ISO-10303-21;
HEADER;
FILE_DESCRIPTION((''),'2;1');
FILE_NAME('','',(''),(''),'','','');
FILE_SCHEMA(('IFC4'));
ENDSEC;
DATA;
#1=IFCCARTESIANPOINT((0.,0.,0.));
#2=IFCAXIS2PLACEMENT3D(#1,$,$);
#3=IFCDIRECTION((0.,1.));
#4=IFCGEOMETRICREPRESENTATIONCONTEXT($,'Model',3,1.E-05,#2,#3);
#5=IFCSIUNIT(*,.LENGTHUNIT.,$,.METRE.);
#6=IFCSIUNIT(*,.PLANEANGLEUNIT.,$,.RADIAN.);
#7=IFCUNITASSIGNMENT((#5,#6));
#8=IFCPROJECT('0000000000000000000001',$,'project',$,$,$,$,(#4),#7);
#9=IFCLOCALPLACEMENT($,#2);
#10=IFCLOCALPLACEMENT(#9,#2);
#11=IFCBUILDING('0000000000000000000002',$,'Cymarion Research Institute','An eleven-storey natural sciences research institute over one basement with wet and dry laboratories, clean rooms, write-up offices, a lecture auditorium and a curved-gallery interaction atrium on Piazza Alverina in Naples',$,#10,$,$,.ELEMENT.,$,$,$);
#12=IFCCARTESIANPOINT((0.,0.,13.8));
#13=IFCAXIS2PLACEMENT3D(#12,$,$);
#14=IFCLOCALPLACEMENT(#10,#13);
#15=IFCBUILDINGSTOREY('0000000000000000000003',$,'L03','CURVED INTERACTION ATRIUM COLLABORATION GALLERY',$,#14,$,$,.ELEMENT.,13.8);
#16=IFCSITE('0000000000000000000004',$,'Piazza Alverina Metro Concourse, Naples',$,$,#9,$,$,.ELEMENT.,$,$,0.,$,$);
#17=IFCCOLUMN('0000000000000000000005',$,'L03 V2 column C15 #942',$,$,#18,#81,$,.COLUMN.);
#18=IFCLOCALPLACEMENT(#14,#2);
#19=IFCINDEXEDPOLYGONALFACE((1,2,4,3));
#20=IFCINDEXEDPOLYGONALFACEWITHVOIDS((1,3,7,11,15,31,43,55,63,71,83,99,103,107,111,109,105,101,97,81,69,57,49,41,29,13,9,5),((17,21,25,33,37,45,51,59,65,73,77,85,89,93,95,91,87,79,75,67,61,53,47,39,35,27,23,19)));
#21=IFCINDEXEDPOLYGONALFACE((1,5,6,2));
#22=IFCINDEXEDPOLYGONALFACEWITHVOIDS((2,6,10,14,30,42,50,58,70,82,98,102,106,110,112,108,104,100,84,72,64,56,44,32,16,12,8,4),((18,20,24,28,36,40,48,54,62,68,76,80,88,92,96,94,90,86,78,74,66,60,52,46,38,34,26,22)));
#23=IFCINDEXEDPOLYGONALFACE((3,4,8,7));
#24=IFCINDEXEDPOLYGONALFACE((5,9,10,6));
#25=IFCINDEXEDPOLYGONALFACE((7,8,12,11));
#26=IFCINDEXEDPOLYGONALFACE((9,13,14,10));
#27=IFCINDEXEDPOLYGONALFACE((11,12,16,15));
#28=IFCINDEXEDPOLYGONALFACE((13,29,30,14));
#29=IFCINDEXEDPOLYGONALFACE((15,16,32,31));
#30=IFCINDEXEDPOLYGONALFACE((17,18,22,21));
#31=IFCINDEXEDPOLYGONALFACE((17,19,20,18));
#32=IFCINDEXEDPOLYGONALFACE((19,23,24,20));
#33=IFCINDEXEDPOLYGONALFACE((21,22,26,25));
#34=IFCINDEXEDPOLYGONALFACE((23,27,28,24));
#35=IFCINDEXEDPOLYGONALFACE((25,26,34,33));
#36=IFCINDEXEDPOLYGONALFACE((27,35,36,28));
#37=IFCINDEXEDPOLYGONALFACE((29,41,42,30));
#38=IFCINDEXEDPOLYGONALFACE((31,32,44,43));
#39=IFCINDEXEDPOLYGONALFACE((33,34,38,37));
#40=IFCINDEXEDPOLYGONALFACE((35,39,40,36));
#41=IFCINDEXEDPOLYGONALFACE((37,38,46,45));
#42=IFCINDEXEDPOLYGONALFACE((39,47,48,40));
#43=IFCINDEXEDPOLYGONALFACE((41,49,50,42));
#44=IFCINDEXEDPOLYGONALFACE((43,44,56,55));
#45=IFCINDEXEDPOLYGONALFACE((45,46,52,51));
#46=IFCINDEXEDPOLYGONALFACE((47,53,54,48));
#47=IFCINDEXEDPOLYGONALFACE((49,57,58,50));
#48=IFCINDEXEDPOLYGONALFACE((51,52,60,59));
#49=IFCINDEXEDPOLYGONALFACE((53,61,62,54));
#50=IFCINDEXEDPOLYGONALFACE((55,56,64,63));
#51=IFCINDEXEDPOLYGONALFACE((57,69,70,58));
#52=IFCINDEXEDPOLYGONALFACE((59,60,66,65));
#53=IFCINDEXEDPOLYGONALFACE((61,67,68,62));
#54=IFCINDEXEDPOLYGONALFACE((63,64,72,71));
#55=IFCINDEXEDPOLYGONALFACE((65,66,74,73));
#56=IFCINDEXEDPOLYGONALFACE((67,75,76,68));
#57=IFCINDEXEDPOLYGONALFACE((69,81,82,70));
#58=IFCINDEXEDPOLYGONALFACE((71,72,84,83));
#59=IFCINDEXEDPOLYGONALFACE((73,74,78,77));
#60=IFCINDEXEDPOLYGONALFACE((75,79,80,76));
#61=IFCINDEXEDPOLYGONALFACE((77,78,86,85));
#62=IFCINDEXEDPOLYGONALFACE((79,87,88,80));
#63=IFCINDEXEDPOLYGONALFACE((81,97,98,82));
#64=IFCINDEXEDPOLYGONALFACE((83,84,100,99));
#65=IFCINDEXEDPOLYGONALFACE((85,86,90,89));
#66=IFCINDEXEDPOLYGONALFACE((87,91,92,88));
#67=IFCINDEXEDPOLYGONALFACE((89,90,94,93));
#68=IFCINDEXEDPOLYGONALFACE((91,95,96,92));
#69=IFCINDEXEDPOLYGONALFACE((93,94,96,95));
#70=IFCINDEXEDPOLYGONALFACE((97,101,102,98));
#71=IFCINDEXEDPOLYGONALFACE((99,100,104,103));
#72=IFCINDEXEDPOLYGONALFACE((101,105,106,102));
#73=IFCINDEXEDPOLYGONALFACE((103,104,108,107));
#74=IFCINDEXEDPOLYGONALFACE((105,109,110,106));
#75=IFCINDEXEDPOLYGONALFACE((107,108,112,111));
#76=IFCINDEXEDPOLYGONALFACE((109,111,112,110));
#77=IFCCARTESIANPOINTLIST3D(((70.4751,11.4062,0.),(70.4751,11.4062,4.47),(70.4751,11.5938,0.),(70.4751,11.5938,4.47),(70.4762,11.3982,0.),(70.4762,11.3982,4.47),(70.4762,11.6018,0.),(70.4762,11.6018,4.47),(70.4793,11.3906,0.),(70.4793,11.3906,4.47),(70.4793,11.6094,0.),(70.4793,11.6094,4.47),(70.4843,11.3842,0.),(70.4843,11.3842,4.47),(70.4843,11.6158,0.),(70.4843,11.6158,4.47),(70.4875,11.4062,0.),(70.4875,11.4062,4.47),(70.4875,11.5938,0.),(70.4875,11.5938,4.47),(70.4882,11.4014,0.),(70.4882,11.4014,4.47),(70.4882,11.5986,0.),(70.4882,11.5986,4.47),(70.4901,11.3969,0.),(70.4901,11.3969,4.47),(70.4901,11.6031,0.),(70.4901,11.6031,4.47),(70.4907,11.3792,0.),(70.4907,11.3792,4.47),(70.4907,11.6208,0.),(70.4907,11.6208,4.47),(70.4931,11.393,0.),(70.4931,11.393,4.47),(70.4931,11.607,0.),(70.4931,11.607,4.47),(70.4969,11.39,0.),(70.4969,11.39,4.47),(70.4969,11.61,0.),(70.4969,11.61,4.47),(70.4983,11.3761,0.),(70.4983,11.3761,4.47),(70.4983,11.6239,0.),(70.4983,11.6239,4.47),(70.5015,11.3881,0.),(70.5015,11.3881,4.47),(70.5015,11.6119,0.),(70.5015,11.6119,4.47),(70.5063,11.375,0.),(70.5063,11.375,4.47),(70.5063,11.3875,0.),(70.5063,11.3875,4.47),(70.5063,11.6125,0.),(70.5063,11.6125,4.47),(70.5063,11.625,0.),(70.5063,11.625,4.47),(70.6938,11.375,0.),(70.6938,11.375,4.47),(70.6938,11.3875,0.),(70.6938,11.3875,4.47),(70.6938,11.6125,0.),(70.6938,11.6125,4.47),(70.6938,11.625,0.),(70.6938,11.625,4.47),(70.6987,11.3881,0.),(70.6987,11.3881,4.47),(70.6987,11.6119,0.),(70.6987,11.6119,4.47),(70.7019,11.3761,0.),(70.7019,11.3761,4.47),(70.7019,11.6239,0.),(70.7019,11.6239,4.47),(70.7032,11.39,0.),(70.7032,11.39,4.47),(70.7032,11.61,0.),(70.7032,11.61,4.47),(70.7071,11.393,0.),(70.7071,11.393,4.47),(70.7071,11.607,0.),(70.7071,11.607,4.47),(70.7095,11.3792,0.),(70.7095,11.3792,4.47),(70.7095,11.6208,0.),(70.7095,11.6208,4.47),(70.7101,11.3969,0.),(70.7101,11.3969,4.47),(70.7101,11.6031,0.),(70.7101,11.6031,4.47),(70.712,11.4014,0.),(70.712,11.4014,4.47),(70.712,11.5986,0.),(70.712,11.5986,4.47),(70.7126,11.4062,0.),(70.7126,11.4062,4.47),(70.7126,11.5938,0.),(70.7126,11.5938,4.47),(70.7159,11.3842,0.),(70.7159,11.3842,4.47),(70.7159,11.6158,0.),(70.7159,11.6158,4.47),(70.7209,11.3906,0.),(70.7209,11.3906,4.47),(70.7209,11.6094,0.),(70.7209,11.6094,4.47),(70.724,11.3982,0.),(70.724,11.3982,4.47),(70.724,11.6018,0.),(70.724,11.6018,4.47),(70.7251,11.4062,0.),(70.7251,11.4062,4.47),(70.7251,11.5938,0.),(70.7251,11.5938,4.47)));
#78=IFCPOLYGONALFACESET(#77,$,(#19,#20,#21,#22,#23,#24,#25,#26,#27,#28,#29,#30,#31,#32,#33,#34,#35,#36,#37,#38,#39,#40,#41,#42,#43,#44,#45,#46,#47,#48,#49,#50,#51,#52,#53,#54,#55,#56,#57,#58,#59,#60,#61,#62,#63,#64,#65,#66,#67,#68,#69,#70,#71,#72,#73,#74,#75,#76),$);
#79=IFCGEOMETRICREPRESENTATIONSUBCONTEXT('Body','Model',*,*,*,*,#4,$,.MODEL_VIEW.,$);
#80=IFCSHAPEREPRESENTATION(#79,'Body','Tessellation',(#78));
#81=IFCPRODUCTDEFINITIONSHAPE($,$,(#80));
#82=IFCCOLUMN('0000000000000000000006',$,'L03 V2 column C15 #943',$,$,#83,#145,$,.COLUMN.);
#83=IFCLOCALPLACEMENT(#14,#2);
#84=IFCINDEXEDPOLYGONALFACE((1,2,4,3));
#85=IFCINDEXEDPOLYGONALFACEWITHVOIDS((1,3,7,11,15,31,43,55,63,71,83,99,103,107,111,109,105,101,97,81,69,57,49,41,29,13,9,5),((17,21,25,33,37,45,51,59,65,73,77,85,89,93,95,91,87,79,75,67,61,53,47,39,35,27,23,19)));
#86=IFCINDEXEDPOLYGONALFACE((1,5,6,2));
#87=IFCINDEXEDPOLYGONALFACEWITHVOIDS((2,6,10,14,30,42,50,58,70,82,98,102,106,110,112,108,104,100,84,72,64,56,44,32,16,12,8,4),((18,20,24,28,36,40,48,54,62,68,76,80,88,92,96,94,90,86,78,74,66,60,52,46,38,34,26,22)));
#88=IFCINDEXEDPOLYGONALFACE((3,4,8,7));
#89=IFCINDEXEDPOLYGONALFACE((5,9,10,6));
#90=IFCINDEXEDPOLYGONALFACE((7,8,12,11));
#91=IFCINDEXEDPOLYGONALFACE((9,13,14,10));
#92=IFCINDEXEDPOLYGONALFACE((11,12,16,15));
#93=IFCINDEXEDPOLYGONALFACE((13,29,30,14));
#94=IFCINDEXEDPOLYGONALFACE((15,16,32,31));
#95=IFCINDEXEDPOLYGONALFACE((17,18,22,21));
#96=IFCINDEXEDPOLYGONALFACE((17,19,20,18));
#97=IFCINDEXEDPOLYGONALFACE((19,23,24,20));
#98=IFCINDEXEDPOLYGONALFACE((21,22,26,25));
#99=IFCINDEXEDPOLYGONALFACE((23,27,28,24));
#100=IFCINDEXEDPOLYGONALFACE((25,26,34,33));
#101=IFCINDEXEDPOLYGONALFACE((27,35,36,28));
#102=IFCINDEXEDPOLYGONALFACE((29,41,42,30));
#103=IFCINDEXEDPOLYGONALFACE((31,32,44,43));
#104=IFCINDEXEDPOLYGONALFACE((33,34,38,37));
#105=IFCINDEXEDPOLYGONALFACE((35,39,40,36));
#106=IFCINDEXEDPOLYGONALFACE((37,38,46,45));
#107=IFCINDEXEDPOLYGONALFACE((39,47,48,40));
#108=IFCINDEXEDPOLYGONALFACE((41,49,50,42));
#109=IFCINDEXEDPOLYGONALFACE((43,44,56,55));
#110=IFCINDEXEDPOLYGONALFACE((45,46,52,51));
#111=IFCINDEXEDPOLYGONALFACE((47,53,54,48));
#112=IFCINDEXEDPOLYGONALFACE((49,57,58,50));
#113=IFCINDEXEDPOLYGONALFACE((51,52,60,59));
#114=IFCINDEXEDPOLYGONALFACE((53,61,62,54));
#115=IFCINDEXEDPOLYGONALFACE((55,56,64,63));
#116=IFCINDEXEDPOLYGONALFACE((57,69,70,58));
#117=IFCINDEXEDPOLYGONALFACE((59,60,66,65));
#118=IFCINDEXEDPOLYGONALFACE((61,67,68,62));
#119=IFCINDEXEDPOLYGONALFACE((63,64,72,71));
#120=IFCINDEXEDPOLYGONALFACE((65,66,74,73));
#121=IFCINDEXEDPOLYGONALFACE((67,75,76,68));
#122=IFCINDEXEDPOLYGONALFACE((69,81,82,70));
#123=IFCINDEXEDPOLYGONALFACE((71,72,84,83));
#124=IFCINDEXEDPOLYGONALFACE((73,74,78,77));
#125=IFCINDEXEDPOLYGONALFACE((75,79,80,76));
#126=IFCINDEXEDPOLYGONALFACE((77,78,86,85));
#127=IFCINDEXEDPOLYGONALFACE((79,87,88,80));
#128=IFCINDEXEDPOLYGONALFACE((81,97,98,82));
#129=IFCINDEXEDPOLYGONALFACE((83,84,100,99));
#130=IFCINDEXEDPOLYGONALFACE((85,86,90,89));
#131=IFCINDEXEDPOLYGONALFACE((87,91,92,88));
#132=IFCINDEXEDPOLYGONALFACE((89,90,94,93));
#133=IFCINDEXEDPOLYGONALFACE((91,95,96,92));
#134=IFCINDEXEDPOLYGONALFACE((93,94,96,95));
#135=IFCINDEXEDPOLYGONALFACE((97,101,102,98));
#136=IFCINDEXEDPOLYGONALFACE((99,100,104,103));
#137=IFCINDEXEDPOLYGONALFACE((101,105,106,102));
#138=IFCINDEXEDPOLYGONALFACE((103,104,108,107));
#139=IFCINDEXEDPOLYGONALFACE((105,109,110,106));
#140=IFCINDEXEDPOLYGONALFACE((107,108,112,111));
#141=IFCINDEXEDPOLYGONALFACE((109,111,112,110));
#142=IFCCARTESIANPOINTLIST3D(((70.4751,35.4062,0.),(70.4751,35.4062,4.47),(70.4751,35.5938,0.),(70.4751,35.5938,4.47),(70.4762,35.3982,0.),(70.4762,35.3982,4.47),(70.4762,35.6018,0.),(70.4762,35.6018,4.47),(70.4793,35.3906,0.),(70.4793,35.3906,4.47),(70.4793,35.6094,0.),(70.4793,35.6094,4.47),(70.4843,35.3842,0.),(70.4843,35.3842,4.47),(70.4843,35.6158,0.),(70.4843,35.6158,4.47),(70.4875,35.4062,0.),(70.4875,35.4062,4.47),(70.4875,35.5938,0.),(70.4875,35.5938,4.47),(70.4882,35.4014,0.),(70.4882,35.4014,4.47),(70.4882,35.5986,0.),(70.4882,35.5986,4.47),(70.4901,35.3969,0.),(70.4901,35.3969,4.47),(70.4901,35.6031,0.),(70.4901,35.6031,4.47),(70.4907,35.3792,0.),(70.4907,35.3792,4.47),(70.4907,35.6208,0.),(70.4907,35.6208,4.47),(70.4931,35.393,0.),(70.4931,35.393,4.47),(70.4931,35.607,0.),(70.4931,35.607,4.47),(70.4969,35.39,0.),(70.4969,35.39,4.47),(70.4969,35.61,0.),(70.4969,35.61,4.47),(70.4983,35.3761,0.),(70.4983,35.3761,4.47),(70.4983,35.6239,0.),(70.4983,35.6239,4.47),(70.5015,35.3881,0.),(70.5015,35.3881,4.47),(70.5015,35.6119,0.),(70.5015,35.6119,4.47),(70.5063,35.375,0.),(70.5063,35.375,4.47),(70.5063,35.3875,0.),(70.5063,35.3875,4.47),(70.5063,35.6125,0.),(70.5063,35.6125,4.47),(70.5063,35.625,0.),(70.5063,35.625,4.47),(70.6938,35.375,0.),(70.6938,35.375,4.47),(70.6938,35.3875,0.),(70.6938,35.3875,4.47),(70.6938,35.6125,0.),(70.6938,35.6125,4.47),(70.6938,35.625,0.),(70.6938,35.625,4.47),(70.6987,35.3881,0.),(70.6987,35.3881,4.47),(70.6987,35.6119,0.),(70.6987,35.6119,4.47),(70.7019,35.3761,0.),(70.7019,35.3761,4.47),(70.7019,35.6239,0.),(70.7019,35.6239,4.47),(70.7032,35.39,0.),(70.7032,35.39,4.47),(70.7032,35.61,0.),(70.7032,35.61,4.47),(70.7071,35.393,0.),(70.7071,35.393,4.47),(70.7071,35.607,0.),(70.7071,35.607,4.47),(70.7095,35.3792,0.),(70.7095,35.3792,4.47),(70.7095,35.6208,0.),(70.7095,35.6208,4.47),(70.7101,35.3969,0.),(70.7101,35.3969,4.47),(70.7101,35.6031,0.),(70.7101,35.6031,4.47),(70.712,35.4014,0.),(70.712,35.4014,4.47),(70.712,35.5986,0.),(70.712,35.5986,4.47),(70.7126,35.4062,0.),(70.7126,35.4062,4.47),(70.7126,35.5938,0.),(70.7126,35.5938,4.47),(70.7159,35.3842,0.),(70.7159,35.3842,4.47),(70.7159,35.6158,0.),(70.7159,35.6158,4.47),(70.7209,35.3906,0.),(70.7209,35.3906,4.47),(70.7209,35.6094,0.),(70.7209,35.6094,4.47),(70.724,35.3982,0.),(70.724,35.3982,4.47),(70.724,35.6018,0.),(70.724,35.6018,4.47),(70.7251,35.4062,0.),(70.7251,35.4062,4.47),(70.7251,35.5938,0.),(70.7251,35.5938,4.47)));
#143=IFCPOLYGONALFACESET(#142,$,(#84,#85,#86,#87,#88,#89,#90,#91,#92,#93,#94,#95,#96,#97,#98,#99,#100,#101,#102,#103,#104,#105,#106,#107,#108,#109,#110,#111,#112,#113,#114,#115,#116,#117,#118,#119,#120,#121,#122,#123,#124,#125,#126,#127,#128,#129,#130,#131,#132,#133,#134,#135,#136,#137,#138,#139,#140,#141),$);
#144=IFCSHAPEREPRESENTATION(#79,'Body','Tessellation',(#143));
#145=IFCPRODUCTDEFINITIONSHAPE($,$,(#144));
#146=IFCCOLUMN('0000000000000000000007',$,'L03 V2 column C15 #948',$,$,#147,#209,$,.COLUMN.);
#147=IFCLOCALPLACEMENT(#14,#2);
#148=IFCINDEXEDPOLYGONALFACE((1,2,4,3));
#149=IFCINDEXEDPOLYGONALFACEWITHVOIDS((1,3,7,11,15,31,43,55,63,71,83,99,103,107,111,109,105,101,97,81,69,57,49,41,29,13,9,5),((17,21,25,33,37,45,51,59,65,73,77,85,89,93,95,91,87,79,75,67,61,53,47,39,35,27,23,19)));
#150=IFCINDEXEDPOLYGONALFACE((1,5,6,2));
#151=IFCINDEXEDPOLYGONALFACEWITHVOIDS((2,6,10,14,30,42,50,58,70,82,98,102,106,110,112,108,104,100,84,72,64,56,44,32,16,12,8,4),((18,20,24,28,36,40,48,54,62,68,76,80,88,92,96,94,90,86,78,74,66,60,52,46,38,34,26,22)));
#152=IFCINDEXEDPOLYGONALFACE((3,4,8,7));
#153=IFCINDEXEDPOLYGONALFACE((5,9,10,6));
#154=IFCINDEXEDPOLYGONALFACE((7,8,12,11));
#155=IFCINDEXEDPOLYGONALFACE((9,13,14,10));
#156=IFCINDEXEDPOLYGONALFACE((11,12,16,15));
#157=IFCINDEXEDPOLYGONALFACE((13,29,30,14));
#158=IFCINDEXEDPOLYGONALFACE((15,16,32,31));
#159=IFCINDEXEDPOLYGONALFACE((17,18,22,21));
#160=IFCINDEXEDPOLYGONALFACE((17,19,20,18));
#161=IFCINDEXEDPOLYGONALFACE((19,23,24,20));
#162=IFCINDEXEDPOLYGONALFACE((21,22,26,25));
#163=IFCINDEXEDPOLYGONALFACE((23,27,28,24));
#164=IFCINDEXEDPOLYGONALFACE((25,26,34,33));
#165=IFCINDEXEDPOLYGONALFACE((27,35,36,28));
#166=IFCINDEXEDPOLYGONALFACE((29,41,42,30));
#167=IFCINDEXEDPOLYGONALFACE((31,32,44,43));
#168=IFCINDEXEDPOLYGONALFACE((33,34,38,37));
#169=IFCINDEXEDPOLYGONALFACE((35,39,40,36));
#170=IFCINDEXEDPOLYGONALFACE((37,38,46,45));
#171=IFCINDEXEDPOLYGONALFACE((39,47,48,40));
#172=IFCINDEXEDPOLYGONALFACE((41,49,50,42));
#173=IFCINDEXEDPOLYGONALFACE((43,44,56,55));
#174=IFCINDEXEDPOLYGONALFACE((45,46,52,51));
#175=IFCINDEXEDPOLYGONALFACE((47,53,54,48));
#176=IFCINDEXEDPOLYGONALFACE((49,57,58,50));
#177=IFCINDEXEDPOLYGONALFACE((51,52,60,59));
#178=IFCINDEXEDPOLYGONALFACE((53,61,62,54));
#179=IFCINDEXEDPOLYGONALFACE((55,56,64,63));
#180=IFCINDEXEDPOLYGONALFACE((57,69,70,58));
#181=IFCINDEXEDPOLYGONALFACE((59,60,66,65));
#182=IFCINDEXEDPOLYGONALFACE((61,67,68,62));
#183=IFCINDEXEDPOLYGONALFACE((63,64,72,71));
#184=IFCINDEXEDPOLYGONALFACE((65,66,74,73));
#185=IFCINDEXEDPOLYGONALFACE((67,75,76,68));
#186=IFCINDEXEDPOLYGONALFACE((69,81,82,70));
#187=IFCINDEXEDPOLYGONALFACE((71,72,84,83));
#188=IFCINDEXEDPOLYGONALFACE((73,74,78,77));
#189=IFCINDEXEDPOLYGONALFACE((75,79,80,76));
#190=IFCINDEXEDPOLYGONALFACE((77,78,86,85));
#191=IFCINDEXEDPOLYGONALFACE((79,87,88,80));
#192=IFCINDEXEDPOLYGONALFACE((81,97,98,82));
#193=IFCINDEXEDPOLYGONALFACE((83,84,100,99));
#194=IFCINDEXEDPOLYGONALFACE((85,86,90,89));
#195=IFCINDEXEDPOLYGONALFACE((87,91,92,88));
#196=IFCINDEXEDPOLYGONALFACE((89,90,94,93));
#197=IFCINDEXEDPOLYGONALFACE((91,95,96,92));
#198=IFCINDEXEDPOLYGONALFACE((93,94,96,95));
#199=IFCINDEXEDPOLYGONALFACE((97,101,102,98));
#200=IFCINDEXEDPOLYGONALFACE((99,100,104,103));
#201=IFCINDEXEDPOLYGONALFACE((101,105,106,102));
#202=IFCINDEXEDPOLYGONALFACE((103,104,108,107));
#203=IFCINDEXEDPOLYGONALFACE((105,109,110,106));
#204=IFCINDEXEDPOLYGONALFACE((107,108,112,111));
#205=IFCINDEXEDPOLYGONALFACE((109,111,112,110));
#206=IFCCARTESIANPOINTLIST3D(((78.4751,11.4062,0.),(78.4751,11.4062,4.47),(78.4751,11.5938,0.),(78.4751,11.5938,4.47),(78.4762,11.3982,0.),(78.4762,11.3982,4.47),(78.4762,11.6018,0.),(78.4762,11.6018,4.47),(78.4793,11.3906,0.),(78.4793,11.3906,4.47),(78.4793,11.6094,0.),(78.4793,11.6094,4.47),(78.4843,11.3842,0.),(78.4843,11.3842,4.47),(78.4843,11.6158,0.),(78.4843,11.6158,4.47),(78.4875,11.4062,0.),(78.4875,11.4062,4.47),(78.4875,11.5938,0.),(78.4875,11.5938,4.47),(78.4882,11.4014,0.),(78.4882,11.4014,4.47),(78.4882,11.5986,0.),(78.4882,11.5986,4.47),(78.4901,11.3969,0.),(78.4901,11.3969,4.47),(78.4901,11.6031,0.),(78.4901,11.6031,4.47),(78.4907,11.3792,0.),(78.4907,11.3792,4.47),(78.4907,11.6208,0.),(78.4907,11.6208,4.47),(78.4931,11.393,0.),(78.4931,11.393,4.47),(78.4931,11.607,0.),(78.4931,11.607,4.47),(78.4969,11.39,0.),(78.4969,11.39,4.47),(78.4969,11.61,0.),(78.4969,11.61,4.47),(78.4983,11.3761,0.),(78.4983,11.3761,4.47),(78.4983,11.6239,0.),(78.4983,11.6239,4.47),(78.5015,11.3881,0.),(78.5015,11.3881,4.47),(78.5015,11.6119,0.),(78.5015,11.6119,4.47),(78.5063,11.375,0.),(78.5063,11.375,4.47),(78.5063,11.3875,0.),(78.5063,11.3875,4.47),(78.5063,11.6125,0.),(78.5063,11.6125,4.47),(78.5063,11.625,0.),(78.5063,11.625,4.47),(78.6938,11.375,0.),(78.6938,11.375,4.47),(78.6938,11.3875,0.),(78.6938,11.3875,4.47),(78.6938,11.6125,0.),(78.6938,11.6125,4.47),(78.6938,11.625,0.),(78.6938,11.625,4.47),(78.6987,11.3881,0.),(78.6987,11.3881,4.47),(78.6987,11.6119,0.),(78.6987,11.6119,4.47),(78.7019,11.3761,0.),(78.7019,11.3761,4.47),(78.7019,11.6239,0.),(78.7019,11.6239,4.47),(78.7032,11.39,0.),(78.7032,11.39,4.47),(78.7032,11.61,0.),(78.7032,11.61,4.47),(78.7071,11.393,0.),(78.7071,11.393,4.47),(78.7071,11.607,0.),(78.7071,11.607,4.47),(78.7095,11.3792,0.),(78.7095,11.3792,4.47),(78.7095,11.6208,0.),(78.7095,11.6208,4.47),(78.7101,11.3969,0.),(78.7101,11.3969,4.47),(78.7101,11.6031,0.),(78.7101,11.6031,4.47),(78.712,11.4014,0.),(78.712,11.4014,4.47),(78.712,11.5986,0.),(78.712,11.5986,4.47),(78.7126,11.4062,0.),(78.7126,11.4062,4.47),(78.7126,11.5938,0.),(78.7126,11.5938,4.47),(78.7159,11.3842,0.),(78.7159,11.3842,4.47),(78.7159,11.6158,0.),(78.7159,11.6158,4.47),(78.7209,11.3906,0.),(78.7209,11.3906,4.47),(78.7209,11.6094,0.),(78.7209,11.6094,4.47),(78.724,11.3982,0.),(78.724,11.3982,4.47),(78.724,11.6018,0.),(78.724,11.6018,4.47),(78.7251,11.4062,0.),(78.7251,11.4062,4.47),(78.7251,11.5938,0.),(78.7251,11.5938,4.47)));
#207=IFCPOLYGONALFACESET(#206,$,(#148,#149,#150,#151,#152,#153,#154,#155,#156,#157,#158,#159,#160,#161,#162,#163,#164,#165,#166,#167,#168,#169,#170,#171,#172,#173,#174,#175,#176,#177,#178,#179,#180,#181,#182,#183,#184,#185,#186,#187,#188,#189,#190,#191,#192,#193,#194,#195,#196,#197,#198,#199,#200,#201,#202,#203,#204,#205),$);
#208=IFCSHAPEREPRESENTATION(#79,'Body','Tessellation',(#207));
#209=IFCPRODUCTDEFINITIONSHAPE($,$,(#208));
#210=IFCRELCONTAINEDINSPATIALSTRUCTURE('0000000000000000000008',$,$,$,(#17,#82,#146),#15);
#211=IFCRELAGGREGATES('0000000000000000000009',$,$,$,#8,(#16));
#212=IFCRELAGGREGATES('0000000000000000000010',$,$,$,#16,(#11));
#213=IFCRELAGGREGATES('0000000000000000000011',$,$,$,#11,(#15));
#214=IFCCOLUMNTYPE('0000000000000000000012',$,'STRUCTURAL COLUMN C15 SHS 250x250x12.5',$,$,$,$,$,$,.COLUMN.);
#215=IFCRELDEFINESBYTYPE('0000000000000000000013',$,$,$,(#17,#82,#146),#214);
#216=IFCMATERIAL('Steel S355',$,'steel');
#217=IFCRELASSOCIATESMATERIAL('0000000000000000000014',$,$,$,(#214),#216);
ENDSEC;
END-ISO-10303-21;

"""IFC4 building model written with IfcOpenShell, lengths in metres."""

from ifc_helpers import new_model, si_unit, direction, frame, origin, origin_2d, place, context, subcontext, project, spatial, hollow_rectangle, extrude, material, material_profile, profile_set, type_object, element, save


model = new_model("IFC4")

# Units and contexts
model_context = context("Model", 3, precision=1e-05, world=origin(), true_north=direction((0.0, 1.0)))
body_context = subcontext(model_context, "Body", "Model", "MODEL_VIEW")
ifc_project = project(units=[si_unit("LENGTHUNIT", "METRE"), si_unit("PLANEANGLEUNIT", "RADIAN")], contexts=[model_context])

# Site, building, storey
site_placement = place(None, origin())
site = spatial("IfcSite", under=ifc_project, at=site_placement, Name="Piazza Alverina Metro Concourse, Naples", CompositionType="ELEMENT", RefElevation=0.0)
building_placement = place(site_placement, origin())
building = spatial("IfcBuilding", under=site, at=building_placement, Name="Cymarion Research Institute", Description="An eleven-storey natural sciences research institute over one basement with wet and dry laboratories, clean rooms, write-up offices, a lecture auditorium and a curved-gallery interaction atrium on Piazza Alverina in Naples", CompositionType="ELEMENT")
storey_placement = place(building_placement, frame((0.0, 0.0, 13.8)))
storey = spatial("IfcBuildingStorey", under=building, at=storey_placement, Name="L03", Description="CURVED INTERACTION ATRIUM COLLABORATION GALLERY", CompositionType="ELEMENT", Elevation=13.8)

# Columns
ifc_material = material(Name="Steel S355", Category="steel")
ifc_material_profile_1 = material_profile(ifc_material, hollow_rectangle(XDim=0.25, YDim=0.25, WallThickness=0.0125, InnerFilletRadius=0.0188, OuterFilletRadius=0.0312, at=origin_2d()), Name="SHS 250x250x12.5")
ifc_profile_set_1 = profile_set([ifc_material_profile_1], Name="Steel S355")
column_type = type_object("IfcColumnType", Name="STRUCTURAL COLUMN C15 SHS 250x250x12.5", PredefinedType="COLUMN", material=ifc_profile_set_1)
for number, where, z_axis, x_axis, name in (
    (1, (70.6001, 11.5, 0.0), (0.0, 0.0, 1.0), (1.0, 0.0, 0.0), "L03 V2 column C15 #942"),
    (2, (70.6001, 35.5, 0.0), (0.0, 0.0, 1.0), (1.0, 0.0, 0.0), "L03 V2 column C15 #943"),
    (3, (78.6001, 11.5, 0.0), (0.0, 0.0, 1.0), (1.0, 0.0, 0.0), "L03 V2 column C15 #948"),
):
    element("IfcColumn", number, at=place(storey_placement, frame(where, z_axis=z_axis, x_axis=x_axis)), inside=storey, type_object=column_type, Name=name, PredefinedType="COLUMN", context=body_context, shape_type="SweptSolid", body=[
        extrude(hollow_rectangle(XDim=0.25, YDim=0.25, WallThickness=0.0125, InnerFilletRadius=0.0188, OuterFilletRadius=0.0312, at=origin_2d()), origin(), (0.0, 0.0, 1.0), 4.47),
    ])

save(model, "model.ifc")
